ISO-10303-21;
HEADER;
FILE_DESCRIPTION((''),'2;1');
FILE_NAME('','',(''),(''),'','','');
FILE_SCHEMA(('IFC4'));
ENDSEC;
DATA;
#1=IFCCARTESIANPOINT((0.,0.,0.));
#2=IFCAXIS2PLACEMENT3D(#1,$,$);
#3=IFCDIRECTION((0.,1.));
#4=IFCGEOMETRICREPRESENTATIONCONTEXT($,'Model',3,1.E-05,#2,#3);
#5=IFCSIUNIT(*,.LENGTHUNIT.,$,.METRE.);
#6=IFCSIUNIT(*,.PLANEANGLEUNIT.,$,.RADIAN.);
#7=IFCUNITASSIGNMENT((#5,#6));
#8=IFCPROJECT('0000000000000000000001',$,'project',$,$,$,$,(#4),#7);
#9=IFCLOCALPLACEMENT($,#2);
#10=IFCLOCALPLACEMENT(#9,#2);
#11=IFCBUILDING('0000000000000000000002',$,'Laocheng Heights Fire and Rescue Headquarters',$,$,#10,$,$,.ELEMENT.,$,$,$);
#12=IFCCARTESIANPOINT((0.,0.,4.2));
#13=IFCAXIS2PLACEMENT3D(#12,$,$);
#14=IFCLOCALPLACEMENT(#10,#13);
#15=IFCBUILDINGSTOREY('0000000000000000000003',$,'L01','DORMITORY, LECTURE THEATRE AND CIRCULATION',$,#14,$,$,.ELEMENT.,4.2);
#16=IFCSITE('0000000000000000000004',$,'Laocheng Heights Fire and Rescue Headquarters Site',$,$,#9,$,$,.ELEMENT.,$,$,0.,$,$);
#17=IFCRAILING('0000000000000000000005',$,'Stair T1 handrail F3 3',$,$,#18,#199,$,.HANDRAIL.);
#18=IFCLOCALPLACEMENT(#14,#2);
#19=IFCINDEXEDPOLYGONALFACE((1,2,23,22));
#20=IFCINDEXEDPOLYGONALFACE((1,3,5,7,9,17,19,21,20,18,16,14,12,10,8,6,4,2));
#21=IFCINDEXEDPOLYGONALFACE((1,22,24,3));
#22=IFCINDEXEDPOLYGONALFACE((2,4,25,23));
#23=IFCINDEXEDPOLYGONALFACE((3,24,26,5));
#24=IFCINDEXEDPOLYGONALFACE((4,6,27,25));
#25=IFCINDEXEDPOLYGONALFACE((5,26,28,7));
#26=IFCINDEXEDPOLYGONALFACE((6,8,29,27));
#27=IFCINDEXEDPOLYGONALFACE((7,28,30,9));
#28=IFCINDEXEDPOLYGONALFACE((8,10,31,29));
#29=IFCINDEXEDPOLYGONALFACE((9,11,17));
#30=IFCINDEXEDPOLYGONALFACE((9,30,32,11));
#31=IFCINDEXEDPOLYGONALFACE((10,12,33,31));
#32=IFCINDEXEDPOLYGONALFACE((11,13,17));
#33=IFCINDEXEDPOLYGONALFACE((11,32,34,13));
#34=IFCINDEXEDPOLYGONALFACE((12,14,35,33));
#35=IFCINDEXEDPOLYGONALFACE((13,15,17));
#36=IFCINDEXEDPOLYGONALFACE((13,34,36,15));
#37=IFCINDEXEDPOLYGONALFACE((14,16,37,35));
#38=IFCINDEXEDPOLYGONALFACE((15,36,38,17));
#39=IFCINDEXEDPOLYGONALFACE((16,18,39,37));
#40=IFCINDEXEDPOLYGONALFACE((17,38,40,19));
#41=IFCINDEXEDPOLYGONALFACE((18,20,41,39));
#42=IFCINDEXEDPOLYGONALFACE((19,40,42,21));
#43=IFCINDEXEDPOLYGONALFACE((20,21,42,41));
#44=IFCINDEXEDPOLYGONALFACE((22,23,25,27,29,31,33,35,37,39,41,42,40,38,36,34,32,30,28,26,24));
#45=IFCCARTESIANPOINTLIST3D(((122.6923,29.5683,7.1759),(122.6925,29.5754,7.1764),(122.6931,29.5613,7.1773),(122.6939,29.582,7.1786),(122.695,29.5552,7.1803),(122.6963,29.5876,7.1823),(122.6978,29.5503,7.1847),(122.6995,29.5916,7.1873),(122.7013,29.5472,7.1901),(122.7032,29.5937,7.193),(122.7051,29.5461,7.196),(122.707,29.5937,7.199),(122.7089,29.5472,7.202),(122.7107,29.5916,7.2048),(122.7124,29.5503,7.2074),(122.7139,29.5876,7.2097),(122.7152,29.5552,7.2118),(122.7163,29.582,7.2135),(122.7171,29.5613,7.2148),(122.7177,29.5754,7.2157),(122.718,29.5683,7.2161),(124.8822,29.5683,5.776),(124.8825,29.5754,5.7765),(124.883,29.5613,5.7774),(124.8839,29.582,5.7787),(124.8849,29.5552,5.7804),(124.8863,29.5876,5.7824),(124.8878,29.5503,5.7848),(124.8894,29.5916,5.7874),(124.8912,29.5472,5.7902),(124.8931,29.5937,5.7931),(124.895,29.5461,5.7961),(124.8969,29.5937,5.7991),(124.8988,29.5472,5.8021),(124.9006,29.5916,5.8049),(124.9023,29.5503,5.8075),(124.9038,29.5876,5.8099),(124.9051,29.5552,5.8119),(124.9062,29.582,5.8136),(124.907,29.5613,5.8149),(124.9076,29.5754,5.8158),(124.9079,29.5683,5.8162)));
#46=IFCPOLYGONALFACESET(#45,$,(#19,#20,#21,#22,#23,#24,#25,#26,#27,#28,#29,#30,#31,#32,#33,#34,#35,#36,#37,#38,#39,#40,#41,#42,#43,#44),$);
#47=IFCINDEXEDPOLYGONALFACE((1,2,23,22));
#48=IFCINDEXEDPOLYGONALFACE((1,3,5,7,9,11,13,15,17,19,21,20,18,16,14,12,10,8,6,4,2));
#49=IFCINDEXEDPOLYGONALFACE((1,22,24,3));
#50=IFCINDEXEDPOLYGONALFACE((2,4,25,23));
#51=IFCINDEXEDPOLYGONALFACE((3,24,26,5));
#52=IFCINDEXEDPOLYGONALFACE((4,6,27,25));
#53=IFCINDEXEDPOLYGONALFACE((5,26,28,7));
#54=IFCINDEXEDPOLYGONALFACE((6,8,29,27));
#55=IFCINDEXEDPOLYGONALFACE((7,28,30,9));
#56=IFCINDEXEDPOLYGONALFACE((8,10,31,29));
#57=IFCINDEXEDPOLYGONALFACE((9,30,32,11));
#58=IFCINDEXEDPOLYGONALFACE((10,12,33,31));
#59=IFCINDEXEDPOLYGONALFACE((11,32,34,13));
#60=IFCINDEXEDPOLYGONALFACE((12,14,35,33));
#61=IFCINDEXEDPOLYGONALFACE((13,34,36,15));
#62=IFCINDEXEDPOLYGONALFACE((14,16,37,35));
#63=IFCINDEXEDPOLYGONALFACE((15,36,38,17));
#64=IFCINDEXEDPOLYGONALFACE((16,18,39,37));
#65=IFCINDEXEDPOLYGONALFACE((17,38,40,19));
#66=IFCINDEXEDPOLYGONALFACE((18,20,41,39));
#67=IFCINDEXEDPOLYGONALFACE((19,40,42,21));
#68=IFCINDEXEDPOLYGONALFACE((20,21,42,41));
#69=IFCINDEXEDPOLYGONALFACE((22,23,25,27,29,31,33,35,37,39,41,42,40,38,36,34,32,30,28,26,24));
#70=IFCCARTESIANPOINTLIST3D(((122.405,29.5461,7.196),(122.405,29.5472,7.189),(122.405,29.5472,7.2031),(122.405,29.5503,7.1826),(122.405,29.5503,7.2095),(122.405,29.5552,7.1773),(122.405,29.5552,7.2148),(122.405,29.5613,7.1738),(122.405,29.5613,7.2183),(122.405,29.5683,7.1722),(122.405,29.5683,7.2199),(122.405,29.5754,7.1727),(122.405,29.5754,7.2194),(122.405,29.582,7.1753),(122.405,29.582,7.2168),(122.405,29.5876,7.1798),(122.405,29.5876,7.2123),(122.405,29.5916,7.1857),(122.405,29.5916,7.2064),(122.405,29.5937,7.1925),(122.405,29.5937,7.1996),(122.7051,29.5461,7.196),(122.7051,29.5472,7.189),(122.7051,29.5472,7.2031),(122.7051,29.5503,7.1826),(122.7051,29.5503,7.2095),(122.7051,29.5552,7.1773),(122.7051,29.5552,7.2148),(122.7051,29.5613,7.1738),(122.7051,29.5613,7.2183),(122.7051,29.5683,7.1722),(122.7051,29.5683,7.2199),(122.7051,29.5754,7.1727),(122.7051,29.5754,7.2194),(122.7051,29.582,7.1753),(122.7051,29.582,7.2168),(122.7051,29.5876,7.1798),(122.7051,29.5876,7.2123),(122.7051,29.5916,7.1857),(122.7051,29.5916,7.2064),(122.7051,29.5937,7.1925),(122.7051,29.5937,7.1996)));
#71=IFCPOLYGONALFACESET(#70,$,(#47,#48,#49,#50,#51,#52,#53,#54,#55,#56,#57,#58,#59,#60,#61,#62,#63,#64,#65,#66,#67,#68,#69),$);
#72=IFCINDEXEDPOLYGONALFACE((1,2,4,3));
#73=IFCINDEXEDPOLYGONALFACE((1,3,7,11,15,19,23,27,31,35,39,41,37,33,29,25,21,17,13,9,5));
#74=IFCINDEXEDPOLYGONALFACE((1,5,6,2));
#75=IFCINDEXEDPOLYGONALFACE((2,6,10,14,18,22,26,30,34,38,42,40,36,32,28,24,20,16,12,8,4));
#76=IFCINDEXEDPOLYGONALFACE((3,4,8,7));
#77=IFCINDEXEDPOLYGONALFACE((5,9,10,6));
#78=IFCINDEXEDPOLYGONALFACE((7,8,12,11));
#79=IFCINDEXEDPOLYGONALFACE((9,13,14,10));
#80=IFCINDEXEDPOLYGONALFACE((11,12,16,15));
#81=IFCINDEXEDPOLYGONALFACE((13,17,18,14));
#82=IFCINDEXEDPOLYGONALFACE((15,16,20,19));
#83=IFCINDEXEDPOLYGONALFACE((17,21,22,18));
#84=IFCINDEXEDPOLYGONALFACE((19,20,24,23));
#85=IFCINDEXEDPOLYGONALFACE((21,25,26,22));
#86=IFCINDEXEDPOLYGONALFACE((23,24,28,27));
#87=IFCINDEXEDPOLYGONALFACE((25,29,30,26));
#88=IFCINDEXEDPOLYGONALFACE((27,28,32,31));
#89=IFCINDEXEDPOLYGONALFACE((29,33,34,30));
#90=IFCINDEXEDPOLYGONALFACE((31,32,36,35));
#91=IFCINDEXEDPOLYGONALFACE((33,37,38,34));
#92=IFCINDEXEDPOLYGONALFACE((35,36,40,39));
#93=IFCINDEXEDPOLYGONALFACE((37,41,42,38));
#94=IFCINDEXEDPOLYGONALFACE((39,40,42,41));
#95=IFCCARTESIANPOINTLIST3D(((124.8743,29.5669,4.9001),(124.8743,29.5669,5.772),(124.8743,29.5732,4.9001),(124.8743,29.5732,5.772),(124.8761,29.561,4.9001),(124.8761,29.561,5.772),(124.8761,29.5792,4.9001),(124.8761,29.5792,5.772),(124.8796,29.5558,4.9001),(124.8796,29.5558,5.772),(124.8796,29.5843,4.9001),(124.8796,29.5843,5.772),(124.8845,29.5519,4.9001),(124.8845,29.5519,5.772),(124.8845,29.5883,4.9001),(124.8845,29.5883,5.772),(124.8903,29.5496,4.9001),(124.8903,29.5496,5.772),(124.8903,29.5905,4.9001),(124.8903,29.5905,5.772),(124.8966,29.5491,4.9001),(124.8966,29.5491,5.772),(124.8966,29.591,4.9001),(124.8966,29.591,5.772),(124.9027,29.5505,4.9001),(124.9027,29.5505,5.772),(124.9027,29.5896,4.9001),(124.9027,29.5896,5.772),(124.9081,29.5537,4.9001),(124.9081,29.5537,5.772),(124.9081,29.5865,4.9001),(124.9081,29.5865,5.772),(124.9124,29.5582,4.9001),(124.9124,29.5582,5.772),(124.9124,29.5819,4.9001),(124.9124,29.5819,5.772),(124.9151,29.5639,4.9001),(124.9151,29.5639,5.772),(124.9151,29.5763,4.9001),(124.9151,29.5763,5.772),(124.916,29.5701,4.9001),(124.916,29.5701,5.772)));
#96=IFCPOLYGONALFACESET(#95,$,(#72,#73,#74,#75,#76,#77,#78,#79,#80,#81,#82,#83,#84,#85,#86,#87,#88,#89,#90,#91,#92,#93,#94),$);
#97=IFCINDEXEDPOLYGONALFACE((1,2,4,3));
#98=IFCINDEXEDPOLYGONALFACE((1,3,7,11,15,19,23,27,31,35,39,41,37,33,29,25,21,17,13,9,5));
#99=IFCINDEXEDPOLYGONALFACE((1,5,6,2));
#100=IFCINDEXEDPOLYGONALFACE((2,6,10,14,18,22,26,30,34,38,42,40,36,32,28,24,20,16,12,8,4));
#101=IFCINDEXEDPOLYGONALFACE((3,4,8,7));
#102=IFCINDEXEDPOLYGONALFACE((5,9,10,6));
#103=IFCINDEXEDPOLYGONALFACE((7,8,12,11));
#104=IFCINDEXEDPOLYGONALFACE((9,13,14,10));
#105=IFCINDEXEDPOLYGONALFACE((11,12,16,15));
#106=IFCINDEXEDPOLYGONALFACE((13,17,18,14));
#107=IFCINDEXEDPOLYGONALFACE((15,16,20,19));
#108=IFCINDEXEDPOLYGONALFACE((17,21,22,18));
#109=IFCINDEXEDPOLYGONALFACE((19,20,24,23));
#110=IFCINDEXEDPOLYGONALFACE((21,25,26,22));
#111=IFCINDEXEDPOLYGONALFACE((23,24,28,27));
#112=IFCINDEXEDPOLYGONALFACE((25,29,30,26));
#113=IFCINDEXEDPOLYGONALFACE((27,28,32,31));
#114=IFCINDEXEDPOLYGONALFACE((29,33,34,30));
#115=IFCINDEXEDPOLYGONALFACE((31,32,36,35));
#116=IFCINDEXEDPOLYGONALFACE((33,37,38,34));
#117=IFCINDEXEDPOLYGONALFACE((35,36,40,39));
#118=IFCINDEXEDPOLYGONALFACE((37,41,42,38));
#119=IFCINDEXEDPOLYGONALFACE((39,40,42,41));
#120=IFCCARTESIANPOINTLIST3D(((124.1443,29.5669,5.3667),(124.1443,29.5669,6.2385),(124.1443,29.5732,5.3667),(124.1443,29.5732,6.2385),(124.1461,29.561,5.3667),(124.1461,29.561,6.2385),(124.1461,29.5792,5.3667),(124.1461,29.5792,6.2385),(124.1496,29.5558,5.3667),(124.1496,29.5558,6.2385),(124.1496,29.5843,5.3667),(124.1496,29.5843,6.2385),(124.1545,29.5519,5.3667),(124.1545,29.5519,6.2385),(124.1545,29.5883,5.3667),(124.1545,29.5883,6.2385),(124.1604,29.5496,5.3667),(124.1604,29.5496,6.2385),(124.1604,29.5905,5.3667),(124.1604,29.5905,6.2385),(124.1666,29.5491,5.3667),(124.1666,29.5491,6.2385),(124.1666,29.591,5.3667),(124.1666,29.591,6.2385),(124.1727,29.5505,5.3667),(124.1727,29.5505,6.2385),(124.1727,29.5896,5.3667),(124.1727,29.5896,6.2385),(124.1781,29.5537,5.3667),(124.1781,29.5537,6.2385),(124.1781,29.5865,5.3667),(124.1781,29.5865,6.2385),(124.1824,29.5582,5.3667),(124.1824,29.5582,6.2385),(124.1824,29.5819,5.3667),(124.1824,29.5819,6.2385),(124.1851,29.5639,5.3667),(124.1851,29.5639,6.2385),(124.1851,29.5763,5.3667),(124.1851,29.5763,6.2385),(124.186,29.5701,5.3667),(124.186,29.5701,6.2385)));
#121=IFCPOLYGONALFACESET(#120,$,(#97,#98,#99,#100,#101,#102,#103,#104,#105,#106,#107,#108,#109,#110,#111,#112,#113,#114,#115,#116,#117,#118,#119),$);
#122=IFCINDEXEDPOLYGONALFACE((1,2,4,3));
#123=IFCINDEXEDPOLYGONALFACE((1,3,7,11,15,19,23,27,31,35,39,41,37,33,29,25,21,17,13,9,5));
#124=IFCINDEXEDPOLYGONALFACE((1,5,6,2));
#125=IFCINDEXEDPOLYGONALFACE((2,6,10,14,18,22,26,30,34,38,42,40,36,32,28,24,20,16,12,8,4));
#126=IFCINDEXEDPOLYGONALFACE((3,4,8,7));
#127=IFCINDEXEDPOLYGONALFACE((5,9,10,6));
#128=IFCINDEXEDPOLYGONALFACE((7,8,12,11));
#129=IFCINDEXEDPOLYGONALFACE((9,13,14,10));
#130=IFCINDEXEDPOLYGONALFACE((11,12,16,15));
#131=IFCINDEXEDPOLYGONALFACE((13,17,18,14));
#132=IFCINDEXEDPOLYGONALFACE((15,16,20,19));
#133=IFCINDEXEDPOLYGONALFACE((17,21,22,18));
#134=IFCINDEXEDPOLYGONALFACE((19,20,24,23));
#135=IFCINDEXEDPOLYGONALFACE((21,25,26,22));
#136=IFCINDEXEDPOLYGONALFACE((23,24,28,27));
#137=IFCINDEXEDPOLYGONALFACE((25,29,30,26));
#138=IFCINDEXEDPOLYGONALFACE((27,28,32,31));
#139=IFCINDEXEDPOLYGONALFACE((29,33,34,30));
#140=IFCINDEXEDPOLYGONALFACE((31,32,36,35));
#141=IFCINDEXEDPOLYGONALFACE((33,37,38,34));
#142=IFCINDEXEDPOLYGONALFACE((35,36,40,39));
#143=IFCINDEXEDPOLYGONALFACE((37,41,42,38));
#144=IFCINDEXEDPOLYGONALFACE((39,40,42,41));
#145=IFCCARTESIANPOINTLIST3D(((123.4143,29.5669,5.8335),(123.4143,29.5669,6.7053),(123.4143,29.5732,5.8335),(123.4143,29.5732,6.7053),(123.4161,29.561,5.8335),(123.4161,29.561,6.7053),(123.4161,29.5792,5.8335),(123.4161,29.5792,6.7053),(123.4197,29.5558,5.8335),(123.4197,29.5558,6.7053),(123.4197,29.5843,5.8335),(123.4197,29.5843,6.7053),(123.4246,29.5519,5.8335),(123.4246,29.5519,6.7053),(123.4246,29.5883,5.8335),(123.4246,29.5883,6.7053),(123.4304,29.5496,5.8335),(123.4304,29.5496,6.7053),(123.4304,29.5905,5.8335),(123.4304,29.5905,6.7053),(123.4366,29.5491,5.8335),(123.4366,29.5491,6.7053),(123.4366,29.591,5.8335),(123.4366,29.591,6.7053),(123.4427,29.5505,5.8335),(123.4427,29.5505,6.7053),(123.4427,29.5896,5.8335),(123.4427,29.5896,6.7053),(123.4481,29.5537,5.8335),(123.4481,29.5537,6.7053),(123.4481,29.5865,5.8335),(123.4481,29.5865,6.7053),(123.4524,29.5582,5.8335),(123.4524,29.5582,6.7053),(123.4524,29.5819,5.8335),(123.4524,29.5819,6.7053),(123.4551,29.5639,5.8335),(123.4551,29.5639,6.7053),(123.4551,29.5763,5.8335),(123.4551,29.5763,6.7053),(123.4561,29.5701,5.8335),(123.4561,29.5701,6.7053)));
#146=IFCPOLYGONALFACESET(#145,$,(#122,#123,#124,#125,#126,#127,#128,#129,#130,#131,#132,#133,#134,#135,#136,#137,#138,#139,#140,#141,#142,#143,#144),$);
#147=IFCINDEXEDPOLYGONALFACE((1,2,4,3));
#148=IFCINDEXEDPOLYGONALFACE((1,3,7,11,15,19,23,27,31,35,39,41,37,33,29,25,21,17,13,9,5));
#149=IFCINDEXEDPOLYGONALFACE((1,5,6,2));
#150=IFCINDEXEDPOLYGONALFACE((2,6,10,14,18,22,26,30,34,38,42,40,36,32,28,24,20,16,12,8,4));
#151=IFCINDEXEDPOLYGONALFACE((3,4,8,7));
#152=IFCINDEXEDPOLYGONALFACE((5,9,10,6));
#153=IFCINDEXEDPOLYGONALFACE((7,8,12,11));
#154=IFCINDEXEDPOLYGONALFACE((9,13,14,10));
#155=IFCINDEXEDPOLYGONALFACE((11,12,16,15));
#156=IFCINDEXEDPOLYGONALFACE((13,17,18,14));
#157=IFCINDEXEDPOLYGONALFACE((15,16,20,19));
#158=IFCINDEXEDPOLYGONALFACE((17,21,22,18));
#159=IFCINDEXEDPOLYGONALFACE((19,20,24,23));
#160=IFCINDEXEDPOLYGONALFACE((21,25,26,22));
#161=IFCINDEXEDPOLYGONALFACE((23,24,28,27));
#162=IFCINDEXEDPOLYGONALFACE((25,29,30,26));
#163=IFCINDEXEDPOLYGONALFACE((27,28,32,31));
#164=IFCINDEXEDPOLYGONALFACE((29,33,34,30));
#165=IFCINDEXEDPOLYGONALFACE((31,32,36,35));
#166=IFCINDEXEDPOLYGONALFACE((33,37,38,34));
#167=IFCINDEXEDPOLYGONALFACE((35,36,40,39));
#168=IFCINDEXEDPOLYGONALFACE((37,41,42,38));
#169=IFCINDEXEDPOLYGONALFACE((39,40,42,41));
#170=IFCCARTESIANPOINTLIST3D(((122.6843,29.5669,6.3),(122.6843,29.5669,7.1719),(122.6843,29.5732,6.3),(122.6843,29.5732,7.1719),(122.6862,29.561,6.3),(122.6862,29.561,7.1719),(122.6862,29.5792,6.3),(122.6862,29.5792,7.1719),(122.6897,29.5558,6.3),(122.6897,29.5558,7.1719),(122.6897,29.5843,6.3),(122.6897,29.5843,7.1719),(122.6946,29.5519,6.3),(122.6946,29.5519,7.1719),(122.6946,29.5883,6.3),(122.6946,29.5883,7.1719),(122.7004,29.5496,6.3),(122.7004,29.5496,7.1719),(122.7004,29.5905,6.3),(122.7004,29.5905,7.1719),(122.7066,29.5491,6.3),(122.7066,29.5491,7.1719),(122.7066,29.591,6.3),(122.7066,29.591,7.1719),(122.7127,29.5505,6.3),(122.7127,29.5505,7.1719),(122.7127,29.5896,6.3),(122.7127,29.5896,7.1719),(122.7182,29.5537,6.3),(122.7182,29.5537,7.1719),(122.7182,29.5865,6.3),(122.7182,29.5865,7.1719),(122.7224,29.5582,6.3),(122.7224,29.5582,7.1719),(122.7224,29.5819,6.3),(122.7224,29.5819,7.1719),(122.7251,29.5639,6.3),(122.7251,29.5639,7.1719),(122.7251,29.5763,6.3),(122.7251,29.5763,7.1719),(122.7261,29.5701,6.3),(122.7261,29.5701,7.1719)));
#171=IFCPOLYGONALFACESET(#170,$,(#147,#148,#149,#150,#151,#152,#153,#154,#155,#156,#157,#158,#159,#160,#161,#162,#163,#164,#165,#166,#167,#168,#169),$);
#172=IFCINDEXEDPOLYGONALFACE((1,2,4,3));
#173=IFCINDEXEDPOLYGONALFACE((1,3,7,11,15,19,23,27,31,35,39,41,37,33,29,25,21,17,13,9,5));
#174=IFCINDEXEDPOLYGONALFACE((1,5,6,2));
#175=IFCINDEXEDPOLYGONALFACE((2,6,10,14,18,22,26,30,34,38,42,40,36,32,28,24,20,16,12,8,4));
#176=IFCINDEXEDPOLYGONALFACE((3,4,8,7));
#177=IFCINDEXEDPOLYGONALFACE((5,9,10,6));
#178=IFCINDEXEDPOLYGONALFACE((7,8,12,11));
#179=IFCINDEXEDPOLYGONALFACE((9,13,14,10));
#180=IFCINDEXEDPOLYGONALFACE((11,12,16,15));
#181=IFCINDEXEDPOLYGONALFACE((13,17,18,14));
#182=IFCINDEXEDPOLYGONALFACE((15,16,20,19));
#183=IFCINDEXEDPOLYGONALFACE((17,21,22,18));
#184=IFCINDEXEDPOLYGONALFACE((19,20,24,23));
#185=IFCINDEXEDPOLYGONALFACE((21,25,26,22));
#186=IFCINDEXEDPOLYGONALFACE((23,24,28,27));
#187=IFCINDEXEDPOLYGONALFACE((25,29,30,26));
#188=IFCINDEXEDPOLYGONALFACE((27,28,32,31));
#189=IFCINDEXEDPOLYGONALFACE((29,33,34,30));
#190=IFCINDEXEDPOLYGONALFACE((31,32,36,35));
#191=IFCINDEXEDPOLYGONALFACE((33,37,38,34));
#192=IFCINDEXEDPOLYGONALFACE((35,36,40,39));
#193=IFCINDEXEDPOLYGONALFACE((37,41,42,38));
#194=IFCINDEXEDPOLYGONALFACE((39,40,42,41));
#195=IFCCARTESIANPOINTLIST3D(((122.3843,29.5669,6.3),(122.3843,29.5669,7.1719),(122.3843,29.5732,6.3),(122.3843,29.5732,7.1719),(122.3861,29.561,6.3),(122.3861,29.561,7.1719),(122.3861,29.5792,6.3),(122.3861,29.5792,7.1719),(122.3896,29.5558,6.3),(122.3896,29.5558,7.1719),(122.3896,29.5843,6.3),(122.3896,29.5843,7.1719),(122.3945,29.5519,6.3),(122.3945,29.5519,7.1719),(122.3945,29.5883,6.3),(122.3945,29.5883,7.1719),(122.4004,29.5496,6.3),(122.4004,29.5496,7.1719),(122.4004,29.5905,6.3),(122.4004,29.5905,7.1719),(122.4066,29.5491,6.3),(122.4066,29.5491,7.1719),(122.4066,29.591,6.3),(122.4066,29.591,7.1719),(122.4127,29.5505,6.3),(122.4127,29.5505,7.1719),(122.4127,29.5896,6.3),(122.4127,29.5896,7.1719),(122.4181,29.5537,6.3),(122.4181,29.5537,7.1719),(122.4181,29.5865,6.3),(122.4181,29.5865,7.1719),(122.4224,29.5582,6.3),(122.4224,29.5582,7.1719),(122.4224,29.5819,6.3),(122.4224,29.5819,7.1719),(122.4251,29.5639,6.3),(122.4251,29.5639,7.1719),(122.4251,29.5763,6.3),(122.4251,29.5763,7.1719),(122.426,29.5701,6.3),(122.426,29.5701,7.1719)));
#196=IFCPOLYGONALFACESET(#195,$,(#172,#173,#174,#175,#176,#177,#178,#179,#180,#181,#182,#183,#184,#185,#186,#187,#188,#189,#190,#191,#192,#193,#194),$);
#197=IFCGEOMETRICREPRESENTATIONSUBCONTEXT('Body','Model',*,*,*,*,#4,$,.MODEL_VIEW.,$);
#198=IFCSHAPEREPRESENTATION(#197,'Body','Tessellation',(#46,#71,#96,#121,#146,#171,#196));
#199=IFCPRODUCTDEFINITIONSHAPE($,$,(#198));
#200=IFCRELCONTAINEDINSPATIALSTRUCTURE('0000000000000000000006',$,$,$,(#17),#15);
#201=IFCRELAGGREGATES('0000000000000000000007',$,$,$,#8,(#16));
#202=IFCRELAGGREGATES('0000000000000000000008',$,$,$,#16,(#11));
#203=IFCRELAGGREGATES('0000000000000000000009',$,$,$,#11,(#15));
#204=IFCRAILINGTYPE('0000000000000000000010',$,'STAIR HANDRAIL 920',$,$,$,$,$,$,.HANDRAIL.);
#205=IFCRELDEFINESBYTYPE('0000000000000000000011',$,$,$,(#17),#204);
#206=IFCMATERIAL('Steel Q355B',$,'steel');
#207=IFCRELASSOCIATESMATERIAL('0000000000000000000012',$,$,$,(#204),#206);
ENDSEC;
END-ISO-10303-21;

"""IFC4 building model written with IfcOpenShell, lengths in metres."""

from ifc_helpers import new_model, si_unit, direction, frame, origin, origin_2d, place, context, subcontext, project, spatial, circle, extrude, material, type_object, element, save


model = new_model("IFC4")

# Units and contexts
model_context = context("Model", 3, precision=1e-05, world=origin(), true_north=direction((0.0, 1.0)))
body_context = subcontext(model_context, "Body", "Model", "MODEL_VIEW")
ifc_project = project(units=[si_unit("LENGTHUNIT", "METRE"), si_unit("PLANEANGLEUNIT", "RADIAN")], contexts=[model_context])

# Site, building, storey
site_placement = place(None, origin())
site = spatial("IfcSite", under=ifc_project, at=site_placement, Name="Laocheng Heights Fire and Rescue Headquarters Site", CompositionType="ELEMENT", RefElevation=0.0)
building_placement = place(site_placement, origin())
building = spatial("IfcBuilding", under=site, at=building_placement, Name="Laocheng Heights Fire and Rescue Headquarters", CompositionType="ELEMENT")
storey_placement = place(building_placement, frame((0.0, 0.0, 4.2)))
storey = spatial("IfcBuildingStorey", under=building, at=storey_placement, Name="L01", Description="DORMITORY, LECTURE THEATRE AND CIRCULATION", CompositionType="ELEMENT", Elevation=4.2)

# Railing
ifc_material_1 = material(Name="Steel Q355B", Category="steel")
railing_type_1 = type_object("IfcRailingType", Name="STAIR HANDRAIL 920", PredefinedType="HANDRAIL", material=ifc_material_1)
for number, where, name in (
    (1, (124.895, 29.5701, 4.9001), "Stair T1 handrail F3 3"),
):
    element("IfcRailing", number, at=place(storey_placement, frame(where)), inside=storey, type_object=railing_type_1, Name=name, PredefinedType="HANDRAIL", context=body_context, shape_type="SweptSolid", body=[
        extrude(circle(Radius=0.0239, at=origin_2d()), frame((0.0, 0.0, 0.896), z_axis=(-0.842561, 0.0, 0.5386), x_axis=(0.0, -1.0, 0.0)), (0.0, 0.0, 1.0), 2.5991),
        extrude(circle(Radius=0.0239, at=origin_2d()), frame((-2.1899, 0.0, 2.2959), z_axis=(-1.0, 0.0, 0.0), x_axis=(0.0, -1.0, 0.0)), (0.0, 0.0, 1.0), 0.3),
        extrude(circle(Radius=0.021, at=origin_2d()), origin(), (0.0, 0.0, 1.0), 0.8718),
        extrude(circle(Radius=0.021, at=origin_2d()), frame((-0.73, 0.0, 0.4666)), (0.0, 0.0, 1.0), 0.8718),
        extrude(circle(Radius=0.021, at=origin_2d()), frame((-1.46, 0.0, 0.9333)), (0.0, 0.0, 1.0), 0.8718),
        extrude(circle(Radius=0.021, at=origin_2d()), frame((-2.1899, 0.0, 1.3999)), (0.0, 0.0, 1.0), 0.8718),
        extrude(circle(Radius=0.021, at=origin_2d()), frame((-2.49, 0.0, 1.3999)), (0.0, 0.0, 1.0), 0.8718),
    ])

save(model, "model.ifc")
